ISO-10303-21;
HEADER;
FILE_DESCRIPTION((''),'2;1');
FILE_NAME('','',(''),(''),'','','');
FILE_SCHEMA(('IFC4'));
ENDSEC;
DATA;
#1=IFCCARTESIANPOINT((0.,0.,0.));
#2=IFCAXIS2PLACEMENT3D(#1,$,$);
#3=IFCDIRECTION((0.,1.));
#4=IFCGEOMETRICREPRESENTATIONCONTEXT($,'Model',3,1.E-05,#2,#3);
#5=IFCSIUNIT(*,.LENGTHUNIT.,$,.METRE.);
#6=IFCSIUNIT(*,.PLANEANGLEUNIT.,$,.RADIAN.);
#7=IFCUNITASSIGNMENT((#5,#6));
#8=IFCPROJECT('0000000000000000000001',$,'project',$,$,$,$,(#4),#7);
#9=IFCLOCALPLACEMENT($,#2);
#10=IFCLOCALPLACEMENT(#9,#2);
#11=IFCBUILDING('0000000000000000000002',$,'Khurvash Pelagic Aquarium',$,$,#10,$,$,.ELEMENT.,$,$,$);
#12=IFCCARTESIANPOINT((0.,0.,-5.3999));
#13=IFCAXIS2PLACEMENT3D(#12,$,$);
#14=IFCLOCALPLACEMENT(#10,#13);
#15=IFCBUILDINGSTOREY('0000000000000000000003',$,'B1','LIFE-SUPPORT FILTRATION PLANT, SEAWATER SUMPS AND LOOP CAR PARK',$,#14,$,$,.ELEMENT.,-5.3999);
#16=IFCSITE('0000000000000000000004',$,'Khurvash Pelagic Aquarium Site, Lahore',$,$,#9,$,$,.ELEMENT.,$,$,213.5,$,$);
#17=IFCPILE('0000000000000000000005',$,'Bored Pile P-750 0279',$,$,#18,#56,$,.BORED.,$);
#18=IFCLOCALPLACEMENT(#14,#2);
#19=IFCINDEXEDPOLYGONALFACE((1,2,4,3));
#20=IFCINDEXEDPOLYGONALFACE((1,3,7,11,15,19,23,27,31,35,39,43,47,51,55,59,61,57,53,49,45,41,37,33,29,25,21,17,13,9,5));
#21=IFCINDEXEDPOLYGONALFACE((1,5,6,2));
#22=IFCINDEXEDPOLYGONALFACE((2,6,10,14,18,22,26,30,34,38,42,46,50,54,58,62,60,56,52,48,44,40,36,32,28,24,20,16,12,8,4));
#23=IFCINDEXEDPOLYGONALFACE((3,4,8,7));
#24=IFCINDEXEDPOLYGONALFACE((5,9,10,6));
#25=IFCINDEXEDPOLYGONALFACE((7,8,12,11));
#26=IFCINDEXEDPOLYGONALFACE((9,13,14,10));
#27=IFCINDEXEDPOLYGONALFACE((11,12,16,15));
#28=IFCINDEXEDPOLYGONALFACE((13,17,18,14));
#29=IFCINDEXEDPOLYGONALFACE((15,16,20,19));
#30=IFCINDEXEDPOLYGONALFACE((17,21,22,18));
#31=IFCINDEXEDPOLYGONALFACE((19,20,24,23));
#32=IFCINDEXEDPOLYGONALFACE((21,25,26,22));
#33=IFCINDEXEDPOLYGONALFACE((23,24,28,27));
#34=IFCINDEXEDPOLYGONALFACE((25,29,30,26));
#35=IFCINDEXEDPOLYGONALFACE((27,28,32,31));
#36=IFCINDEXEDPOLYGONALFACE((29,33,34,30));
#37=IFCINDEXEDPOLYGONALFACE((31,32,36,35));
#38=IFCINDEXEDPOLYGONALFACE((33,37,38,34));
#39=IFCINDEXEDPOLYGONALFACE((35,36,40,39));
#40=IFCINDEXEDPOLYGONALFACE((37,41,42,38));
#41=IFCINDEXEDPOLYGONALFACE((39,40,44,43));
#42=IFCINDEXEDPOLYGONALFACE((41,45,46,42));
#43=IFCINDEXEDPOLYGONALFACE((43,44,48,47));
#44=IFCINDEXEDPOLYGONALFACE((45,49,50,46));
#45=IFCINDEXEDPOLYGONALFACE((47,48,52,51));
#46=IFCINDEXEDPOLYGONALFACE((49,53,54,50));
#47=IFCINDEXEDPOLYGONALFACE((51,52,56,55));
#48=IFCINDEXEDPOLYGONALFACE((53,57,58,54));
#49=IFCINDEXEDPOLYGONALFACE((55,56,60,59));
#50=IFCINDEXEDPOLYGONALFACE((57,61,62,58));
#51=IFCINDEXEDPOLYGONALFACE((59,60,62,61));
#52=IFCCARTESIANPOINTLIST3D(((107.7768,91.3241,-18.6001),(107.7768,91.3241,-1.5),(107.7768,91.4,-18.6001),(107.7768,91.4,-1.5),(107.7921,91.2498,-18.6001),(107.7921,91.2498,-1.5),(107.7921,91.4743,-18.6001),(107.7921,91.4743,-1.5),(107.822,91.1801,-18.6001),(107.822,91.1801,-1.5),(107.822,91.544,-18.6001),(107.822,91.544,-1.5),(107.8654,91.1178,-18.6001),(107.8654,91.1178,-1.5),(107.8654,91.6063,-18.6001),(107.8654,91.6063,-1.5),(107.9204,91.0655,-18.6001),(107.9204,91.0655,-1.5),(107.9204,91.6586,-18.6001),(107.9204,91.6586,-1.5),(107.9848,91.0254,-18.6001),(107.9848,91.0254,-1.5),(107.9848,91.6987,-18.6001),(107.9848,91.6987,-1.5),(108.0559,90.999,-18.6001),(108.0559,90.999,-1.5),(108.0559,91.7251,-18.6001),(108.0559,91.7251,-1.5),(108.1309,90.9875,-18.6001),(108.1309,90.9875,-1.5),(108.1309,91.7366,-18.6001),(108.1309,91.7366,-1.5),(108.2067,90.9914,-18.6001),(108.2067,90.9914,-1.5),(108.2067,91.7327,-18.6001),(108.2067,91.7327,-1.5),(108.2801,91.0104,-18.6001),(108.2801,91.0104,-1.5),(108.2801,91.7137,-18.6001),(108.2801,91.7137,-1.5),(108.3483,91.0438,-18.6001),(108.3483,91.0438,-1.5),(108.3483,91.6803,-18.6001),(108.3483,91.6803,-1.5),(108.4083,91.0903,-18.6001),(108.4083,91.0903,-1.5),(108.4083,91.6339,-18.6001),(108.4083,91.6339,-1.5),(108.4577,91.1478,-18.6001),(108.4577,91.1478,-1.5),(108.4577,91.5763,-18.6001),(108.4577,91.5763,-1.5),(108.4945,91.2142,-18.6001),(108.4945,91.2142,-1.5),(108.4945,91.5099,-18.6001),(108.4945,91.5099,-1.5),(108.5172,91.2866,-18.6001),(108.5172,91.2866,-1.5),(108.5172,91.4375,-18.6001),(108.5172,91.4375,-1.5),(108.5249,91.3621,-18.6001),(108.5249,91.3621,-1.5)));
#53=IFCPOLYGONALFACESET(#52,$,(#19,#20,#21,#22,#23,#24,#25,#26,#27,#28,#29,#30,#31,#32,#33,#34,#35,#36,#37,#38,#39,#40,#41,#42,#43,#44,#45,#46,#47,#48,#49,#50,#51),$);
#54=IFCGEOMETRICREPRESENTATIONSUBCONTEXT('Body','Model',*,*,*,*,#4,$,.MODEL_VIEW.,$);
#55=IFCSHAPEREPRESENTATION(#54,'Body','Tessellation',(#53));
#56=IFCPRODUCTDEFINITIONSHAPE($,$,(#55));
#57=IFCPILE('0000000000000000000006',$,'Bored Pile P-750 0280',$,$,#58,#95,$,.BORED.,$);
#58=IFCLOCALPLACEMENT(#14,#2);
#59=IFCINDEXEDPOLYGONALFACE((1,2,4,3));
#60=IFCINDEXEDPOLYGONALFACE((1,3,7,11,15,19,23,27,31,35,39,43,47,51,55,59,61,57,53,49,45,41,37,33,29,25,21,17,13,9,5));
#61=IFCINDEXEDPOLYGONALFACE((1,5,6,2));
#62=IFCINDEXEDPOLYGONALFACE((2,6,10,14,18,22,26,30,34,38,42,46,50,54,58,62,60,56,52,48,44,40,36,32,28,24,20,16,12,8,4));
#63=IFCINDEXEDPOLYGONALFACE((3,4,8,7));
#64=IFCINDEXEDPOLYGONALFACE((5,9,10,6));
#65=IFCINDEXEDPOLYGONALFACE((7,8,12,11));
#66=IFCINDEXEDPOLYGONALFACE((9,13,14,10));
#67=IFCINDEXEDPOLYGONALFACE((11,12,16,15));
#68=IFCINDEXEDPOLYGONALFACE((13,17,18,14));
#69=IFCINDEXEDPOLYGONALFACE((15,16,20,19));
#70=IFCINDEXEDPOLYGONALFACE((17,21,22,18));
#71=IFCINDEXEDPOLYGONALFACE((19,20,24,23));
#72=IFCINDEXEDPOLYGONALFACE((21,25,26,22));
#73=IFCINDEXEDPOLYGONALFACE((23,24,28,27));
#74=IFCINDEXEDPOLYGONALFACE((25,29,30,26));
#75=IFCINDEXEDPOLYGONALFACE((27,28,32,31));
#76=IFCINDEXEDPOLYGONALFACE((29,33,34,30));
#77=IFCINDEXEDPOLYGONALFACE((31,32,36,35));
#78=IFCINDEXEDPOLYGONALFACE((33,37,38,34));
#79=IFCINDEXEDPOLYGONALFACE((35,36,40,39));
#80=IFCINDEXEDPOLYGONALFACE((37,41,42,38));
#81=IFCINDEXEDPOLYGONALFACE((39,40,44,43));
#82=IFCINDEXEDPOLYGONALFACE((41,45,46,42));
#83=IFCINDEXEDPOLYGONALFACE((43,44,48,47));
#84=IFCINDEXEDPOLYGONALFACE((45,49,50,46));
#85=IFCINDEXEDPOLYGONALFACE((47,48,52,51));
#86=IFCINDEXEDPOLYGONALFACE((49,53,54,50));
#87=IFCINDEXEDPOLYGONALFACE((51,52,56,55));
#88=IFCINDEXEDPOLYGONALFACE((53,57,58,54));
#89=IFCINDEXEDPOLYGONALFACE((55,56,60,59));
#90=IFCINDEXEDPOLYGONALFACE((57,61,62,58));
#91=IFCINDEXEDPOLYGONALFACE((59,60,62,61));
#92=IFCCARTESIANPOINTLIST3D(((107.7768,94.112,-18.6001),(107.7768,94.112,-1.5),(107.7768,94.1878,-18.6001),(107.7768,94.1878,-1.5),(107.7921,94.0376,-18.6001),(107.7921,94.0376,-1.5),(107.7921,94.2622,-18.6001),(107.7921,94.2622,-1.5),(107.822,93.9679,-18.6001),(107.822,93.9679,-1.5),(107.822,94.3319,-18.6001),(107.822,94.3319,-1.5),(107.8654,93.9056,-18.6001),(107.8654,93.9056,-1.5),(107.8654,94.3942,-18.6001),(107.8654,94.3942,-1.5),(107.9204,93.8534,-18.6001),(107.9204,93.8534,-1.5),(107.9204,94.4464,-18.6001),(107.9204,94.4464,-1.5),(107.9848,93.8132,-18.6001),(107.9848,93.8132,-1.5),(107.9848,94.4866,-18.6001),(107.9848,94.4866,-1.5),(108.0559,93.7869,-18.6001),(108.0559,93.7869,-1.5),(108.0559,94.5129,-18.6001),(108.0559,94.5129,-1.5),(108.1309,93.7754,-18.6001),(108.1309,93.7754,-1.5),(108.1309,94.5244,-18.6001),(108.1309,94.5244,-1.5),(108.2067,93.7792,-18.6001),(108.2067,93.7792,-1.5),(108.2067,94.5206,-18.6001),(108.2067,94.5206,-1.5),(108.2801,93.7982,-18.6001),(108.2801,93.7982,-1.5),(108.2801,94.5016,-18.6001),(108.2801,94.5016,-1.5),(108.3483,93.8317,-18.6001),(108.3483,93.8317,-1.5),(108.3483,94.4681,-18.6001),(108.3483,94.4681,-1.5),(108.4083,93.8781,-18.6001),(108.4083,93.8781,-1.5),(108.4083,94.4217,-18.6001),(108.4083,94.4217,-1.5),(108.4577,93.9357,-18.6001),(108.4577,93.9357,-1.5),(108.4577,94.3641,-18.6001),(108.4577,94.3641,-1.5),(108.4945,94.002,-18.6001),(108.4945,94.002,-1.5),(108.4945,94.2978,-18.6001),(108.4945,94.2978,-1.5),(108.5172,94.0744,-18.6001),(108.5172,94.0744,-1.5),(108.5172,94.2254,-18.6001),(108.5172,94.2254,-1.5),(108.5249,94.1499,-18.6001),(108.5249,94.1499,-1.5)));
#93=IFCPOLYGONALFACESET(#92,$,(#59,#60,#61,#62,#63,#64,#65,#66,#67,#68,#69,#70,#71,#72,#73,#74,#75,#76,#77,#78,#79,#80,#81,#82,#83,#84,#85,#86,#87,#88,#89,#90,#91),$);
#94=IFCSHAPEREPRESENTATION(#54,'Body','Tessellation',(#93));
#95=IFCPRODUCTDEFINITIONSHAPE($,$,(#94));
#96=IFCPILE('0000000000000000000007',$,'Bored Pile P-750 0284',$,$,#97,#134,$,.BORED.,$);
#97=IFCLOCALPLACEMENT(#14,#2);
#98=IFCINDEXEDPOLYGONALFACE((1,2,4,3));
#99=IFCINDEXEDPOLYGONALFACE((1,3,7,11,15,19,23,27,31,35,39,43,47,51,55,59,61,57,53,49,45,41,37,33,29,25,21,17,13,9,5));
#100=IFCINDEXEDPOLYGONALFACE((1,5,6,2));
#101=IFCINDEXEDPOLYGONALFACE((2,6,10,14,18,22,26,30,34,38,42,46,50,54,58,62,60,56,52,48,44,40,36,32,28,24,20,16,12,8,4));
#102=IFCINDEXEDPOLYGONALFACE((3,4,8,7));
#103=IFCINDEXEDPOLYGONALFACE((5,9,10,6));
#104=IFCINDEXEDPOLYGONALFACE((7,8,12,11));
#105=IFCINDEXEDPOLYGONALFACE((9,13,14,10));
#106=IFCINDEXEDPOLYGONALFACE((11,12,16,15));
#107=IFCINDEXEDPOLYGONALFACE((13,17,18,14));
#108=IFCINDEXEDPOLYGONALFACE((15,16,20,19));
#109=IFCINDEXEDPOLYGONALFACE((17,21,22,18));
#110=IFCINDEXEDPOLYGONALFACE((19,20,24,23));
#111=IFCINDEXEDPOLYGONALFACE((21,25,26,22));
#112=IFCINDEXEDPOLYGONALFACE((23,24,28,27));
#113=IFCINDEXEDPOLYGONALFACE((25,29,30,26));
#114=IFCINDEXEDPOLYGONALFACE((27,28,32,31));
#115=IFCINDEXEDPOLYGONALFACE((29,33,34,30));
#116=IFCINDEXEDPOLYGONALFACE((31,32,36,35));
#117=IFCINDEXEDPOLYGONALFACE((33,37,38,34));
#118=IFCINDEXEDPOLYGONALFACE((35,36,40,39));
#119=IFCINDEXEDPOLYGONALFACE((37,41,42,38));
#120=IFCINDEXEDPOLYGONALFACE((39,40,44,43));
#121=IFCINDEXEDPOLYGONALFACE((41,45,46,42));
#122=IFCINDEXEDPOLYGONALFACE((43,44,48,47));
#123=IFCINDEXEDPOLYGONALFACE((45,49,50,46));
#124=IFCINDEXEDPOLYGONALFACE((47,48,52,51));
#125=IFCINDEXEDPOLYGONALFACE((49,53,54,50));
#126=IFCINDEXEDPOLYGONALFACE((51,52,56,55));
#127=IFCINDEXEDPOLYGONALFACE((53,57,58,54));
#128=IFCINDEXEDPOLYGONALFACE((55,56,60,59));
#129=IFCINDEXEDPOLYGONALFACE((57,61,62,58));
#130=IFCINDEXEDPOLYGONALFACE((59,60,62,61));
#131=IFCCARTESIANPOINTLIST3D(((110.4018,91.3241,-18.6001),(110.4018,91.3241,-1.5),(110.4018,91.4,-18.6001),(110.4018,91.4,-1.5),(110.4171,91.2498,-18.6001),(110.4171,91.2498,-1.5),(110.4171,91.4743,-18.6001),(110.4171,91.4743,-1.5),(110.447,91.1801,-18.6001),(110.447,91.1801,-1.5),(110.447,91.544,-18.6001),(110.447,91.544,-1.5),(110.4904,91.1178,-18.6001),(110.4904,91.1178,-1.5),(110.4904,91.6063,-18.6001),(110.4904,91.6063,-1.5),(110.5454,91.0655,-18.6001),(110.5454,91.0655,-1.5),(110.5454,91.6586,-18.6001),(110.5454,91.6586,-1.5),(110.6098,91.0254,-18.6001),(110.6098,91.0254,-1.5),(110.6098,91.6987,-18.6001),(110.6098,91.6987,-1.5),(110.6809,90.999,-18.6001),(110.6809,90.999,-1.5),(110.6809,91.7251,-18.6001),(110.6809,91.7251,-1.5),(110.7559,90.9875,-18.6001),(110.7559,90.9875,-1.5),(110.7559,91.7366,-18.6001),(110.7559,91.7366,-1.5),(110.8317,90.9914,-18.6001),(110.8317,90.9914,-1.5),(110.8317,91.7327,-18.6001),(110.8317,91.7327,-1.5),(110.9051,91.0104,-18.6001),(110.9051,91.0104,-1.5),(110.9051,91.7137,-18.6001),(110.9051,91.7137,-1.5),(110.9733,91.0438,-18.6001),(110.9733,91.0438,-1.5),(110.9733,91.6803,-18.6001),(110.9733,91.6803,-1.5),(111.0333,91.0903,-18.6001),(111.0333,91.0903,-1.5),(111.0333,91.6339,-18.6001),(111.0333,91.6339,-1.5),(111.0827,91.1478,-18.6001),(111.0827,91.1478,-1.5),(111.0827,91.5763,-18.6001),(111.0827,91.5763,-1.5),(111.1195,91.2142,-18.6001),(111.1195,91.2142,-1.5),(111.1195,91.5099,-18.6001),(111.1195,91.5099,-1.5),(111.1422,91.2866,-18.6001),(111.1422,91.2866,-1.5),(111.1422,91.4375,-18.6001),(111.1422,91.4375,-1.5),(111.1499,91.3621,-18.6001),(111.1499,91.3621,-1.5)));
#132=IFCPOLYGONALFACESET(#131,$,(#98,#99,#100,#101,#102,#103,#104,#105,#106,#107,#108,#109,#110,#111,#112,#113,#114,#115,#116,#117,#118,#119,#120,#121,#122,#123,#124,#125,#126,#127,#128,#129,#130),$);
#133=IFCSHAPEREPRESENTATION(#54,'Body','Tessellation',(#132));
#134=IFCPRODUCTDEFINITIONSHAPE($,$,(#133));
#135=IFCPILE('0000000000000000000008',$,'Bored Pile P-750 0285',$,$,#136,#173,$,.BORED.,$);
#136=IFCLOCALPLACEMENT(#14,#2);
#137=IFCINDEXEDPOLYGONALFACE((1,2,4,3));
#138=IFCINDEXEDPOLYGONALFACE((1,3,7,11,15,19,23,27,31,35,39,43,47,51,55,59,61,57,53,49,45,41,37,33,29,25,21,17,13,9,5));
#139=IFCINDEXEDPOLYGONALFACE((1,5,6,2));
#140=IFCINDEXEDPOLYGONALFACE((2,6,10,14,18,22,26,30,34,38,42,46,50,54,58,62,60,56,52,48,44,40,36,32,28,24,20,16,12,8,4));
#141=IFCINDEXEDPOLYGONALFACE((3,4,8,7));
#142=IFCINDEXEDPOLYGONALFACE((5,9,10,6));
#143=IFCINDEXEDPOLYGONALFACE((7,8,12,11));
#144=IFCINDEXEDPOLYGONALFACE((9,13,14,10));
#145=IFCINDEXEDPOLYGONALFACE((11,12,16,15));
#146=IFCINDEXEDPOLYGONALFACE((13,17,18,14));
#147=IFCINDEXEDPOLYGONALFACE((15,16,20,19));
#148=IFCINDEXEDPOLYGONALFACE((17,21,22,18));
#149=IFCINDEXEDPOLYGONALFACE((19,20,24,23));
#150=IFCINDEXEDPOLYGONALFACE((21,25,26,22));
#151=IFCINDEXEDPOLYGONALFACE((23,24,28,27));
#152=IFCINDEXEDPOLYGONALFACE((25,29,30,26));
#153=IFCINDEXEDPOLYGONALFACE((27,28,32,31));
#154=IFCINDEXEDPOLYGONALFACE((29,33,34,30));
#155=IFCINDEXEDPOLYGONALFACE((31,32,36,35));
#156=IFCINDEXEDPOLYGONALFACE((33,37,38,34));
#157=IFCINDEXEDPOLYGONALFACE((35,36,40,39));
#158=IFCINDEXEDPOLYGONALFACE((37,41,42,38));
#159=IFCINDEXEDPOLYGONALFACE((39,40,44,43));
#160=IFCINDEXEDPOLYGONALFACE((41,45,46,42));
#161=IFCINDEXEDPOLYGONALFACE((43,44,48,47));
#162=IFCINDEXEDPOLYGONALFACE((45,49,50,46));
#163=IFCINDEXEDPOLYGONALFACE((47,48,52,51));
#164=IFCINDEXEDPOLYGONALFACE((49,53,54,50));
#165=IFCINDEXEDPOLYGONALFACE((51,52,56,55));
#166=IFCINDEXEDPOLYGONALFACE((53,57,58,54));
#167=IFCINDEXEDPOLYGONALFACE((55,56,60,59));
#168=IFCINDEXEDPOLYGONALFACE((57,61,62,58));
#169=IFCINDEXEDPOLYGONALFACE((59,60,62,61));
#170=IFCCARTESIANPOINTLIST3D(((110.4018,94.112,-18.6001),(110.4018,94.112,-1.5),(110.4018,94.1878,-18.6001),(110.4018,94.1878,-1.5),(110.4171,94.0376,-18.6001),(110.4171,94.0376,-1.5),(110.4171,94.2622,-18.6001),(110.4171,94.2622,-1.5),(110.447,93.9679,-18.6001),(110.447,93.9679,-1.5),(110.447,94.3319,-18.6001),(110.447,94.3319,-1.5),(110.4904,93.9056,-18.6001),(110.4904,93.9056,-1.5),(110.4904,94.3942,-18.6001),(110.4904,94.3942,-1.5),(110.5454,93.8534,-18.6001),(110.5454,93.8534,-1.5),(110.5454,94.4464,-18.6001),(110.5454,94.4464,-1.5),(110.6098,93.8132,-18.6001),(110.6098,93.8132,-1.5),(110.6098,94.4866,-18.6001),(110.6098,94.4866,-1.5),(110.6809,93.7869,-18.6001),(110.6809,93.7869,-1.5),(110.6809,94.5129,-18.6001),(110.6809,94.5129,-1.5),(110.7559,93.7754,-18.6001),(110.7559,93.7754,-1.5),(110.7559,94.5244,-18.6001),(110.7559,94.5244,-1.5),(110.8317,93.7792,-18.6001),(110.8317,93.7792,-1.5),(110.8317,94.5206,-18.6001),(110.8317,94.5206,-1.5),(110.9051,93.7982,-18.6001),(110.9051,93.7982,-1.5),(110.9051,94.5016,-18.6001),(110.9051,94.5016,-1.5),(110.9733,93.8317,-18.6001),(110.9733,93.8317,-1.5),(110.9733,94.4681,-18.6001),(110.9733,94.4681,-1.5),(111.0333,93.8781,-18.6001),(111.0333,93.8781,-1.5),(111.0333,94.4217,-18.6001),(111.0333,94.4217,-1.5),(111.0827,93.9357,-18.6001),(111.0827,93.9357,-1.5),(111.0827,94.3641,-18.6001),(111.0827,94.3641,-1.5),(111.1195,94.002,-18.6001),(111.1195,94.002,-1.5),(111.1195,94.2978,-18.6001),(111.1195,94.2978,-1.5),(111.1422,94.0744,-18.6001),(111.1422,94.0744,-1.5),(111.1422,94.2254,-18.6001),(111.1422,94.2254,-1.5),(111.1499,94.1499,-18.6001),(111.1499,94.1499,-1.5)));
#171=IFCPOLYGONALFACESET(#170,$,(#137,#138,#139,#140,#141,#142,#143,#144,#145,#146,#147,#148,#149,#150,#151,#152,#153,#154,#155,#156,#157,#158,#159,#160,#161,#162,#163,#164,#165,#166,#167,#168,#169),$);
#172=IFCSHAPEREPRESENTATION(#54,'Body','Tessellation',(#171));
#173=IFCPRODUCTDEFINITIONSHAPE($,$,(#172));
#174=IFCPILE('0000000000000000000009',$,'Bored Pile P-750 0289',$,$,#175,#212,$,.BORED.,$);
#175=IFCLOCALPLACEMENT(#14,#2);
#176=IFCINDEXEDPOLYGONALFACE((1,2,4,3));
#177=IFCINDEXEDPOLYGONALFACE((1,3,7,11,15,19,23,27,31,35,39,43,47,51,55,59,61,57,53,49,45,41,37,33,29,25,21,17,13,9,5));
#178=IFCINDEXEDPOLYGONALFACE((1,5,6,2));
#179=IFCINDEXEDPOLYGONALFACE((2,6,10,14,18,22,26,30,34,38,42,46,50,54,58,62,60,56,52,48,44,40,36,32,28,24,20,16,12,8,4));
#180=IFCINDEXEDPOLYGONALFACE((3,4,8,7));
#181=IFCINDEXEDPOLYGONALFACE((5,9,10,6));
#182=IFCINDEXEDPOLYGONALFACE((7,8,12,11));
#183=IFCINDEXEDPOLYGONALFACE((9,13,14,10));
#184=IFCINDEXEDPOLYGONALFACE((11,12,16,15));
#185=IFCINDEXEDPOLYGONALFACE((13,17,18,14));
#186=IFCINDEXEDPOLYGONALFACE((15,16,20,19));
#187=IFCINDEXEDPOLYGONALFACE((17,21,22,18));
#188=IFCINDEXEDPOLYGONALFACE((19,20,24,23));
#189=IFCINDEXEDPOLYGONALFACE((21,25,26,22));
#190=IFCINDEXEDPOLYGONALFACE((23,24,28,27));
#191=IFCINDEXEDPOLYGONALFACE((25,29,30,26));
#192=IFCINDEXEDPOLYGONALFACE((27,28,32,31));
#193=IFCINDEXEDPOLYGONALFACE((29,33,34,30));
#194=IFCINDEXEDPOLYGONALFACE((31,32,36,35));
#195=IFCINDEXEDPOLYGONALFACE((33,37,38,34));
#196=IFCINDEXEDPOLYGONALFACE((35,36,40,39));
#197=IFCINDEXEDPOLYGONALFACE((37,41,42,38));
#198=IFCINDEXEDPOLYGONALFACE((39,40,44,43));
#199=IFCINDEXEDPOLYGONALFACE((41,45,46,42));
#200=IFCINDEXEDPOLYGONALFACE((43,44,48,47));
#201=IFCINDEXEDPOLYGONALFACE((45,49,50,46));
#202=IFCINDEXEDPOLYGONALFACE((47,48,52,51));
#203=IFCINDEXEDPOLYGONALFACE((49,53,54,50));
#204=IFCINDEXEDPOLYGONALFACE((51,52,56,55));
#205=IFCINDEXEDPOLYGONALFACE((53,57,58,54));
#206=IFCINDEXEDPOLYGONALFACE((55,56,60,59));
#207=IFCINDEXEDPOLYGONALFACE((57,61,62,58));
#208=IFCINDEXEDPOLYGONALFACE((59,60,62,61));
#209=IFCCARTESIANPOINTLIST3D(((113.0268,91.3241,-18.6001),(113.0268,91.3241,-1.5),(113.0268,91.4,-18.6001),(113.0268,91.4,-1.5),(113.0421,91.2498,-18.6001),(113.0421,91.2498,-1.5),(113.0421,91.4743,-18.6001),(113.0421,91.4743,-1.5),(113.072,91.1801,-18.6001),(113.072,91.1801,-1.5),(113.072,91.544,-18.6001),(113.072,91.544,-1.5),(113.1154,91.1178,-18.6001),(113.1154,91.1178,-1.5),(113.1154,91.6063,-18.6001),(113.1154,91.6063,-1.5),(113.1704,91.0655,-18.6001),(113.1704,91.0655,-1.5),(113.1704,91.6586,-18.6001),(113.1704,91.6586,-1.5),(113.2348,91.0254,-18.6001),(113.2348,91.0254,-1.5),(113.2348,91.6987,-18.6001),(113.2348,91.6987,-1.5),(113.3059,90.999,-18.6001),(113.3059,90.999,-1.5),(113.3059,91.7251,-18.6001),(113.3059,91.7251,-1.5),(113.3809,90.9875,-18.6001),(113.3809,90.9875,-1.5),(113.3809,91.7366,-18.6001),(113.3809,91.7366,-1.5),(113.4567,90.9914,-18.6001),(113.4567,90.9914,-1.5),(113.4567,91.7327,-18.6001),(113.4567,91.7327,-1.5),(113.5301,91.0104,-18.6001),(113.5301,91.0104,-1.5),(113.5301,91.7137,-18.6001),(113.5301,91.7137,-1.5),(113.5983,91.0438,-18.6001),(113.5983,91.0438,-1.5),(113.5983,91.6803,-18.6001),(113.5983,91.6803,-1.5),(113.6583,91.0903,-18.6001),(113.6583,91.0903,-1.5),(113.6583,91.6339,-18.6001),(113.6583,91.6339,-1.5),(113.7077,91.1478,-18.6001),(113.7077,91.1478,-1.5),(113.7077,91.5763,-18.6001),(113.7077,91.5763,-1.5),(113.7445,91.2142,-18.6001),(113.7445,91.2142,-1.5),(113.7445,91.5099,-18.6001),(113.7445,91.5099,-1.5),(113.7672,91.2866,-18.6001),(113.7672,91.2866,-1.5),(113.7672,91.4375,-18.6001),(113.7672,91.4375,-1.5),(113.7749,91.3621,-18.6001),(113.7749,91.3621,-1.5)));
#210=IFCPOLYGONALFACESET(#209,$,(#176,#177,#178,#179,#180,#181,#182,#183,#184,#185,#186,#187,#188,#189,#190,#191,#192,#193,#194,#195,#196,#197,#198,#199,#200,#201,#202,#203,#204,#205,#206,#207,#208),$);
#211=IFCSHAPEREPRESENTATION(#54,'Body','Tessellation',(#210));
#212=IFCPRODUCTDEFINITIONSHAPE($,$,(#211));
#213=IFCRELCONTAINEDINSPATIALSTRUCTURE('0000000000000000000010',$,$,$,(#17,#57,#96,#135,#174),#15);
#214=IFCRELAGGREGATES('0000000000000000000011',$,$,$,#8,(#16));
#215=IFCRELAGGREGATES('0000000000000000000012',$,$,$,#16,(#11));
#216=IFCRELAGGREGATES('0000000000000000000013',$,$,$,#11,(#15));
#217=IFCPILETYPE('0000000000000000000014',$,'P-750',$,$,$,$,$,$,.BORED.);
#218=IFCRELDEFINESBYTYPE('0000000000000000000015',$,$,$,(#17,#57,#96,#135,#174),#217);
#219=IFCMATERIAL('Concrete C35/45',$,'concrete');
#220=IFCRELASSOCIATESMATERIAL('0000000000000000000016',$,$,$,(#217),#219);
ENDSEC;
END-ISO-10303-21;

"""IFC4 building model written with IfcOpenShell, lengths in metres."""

from ifc_helpers import new_model, si_unit, direction, frame, origin, origin_2d, place, context, subcontext, project, spatial, circle, extrude, material, material_profile, profile_set, type_object, element, save


model = new_model("IFC4")

# Units and contexts
model_context = context("Model", 3, precision=1e-05, world=origin(), true_north=direction((0.0, 1.0)))
body_context = subcontext(model_context, "Body", "Model", "MODEL_VIEW")
ifc_project = project(units=[si_unit("LENGTHUNIT", "METRE"), si_unit("PLANEANGLEUNIT", "RADIAN")], contexts=[model_context])

# Site, building, storey
site_placement = place(None, origin())
site = spatial("IfcSite", under=ifc_project, at=site_placement, Name="Khurvash Pelagic Aquarium Site, Lahore", CompositionType="ELEMENT", RefElevation=213.5)
building_placement = place(site_placement, origin())
building = spatial("IfcBuilding", under=site, at=building_placement, Name="Khurvash Pelagic Aquarium", CompositionType="ELEMENT")
storey_placement = place(building_placement, frame((0.0, 0.0, -5.3999)))
storey = spatial("IfcBuildingStorey", under=building, at=storey_placement, Name="B1", Description="LIFE-SUPPORT FILTRATION PLANT, SEAWATER SUMPS AND LOOP CAR PARK", CompositionType="ELEMENT", Elevation=-5.3999)

# Piles
ifc_material_1 = material(Name="Concrete C35/45", Category="concrete")
ifc_material_profile_1 = material_profile(ifc_material_1, circle(Radius=0.375, at=origin_2d()), Name="PILE750")
ifc_profile_set_1 = profile_set([ifc_material_profile_1], Name="Concrete C35/45")
pile_type = type_object("IfcPileType", Name="P-750", PredefinedType="BORED", material=ifc_profile_set_1)
for number, where, z_axis, x_axis, name in (
    (1, (108.1499, 91.3621, -1.5), (0.0, 0.0, -1.0), (1.0, 0.0, 0.0), "Bored Pile P-750 0279"),
    (2, (108.1499, 94.1499, -1.5), (0.0, 0.0, -1.0), (1.0, 0.0, 0.0), "Bored Pile P-750 0280"),
    (3, (110.7749, 91.3621, -1.5), (0.0, 0.0, -1.0), (1.0, 0.0, 0.0), "Bored Pile P-750 0284"),
    (4, (110.7749, 94.1499, -1.5), (0.0, 0.0, -1.0), (1.0, 0.0, 0.0), "Bored Pile P-750 0285"),
    (5, (113.3999, 91.3621, -1.5), (0.0, 0.0, -1.0), (1.0, 0.0, 0.0), "Bored Pile P-750 0289"),
):
    element("IfcPile", number, at=place(storey_placement, frame(where, z_axis=z_axis, x_axis=x_axis)), inside=storey, type_object=pile_type, Name=name, PredefinedType="BORED", context=body_context, shape_type="SweptSolid", body=[
        extrude(circle(Radius=0.375, at=origin_2d()), origin(), (0.0, 0.0, 1.0), 17.1001),
    ])

save(model, "model.ifc")
